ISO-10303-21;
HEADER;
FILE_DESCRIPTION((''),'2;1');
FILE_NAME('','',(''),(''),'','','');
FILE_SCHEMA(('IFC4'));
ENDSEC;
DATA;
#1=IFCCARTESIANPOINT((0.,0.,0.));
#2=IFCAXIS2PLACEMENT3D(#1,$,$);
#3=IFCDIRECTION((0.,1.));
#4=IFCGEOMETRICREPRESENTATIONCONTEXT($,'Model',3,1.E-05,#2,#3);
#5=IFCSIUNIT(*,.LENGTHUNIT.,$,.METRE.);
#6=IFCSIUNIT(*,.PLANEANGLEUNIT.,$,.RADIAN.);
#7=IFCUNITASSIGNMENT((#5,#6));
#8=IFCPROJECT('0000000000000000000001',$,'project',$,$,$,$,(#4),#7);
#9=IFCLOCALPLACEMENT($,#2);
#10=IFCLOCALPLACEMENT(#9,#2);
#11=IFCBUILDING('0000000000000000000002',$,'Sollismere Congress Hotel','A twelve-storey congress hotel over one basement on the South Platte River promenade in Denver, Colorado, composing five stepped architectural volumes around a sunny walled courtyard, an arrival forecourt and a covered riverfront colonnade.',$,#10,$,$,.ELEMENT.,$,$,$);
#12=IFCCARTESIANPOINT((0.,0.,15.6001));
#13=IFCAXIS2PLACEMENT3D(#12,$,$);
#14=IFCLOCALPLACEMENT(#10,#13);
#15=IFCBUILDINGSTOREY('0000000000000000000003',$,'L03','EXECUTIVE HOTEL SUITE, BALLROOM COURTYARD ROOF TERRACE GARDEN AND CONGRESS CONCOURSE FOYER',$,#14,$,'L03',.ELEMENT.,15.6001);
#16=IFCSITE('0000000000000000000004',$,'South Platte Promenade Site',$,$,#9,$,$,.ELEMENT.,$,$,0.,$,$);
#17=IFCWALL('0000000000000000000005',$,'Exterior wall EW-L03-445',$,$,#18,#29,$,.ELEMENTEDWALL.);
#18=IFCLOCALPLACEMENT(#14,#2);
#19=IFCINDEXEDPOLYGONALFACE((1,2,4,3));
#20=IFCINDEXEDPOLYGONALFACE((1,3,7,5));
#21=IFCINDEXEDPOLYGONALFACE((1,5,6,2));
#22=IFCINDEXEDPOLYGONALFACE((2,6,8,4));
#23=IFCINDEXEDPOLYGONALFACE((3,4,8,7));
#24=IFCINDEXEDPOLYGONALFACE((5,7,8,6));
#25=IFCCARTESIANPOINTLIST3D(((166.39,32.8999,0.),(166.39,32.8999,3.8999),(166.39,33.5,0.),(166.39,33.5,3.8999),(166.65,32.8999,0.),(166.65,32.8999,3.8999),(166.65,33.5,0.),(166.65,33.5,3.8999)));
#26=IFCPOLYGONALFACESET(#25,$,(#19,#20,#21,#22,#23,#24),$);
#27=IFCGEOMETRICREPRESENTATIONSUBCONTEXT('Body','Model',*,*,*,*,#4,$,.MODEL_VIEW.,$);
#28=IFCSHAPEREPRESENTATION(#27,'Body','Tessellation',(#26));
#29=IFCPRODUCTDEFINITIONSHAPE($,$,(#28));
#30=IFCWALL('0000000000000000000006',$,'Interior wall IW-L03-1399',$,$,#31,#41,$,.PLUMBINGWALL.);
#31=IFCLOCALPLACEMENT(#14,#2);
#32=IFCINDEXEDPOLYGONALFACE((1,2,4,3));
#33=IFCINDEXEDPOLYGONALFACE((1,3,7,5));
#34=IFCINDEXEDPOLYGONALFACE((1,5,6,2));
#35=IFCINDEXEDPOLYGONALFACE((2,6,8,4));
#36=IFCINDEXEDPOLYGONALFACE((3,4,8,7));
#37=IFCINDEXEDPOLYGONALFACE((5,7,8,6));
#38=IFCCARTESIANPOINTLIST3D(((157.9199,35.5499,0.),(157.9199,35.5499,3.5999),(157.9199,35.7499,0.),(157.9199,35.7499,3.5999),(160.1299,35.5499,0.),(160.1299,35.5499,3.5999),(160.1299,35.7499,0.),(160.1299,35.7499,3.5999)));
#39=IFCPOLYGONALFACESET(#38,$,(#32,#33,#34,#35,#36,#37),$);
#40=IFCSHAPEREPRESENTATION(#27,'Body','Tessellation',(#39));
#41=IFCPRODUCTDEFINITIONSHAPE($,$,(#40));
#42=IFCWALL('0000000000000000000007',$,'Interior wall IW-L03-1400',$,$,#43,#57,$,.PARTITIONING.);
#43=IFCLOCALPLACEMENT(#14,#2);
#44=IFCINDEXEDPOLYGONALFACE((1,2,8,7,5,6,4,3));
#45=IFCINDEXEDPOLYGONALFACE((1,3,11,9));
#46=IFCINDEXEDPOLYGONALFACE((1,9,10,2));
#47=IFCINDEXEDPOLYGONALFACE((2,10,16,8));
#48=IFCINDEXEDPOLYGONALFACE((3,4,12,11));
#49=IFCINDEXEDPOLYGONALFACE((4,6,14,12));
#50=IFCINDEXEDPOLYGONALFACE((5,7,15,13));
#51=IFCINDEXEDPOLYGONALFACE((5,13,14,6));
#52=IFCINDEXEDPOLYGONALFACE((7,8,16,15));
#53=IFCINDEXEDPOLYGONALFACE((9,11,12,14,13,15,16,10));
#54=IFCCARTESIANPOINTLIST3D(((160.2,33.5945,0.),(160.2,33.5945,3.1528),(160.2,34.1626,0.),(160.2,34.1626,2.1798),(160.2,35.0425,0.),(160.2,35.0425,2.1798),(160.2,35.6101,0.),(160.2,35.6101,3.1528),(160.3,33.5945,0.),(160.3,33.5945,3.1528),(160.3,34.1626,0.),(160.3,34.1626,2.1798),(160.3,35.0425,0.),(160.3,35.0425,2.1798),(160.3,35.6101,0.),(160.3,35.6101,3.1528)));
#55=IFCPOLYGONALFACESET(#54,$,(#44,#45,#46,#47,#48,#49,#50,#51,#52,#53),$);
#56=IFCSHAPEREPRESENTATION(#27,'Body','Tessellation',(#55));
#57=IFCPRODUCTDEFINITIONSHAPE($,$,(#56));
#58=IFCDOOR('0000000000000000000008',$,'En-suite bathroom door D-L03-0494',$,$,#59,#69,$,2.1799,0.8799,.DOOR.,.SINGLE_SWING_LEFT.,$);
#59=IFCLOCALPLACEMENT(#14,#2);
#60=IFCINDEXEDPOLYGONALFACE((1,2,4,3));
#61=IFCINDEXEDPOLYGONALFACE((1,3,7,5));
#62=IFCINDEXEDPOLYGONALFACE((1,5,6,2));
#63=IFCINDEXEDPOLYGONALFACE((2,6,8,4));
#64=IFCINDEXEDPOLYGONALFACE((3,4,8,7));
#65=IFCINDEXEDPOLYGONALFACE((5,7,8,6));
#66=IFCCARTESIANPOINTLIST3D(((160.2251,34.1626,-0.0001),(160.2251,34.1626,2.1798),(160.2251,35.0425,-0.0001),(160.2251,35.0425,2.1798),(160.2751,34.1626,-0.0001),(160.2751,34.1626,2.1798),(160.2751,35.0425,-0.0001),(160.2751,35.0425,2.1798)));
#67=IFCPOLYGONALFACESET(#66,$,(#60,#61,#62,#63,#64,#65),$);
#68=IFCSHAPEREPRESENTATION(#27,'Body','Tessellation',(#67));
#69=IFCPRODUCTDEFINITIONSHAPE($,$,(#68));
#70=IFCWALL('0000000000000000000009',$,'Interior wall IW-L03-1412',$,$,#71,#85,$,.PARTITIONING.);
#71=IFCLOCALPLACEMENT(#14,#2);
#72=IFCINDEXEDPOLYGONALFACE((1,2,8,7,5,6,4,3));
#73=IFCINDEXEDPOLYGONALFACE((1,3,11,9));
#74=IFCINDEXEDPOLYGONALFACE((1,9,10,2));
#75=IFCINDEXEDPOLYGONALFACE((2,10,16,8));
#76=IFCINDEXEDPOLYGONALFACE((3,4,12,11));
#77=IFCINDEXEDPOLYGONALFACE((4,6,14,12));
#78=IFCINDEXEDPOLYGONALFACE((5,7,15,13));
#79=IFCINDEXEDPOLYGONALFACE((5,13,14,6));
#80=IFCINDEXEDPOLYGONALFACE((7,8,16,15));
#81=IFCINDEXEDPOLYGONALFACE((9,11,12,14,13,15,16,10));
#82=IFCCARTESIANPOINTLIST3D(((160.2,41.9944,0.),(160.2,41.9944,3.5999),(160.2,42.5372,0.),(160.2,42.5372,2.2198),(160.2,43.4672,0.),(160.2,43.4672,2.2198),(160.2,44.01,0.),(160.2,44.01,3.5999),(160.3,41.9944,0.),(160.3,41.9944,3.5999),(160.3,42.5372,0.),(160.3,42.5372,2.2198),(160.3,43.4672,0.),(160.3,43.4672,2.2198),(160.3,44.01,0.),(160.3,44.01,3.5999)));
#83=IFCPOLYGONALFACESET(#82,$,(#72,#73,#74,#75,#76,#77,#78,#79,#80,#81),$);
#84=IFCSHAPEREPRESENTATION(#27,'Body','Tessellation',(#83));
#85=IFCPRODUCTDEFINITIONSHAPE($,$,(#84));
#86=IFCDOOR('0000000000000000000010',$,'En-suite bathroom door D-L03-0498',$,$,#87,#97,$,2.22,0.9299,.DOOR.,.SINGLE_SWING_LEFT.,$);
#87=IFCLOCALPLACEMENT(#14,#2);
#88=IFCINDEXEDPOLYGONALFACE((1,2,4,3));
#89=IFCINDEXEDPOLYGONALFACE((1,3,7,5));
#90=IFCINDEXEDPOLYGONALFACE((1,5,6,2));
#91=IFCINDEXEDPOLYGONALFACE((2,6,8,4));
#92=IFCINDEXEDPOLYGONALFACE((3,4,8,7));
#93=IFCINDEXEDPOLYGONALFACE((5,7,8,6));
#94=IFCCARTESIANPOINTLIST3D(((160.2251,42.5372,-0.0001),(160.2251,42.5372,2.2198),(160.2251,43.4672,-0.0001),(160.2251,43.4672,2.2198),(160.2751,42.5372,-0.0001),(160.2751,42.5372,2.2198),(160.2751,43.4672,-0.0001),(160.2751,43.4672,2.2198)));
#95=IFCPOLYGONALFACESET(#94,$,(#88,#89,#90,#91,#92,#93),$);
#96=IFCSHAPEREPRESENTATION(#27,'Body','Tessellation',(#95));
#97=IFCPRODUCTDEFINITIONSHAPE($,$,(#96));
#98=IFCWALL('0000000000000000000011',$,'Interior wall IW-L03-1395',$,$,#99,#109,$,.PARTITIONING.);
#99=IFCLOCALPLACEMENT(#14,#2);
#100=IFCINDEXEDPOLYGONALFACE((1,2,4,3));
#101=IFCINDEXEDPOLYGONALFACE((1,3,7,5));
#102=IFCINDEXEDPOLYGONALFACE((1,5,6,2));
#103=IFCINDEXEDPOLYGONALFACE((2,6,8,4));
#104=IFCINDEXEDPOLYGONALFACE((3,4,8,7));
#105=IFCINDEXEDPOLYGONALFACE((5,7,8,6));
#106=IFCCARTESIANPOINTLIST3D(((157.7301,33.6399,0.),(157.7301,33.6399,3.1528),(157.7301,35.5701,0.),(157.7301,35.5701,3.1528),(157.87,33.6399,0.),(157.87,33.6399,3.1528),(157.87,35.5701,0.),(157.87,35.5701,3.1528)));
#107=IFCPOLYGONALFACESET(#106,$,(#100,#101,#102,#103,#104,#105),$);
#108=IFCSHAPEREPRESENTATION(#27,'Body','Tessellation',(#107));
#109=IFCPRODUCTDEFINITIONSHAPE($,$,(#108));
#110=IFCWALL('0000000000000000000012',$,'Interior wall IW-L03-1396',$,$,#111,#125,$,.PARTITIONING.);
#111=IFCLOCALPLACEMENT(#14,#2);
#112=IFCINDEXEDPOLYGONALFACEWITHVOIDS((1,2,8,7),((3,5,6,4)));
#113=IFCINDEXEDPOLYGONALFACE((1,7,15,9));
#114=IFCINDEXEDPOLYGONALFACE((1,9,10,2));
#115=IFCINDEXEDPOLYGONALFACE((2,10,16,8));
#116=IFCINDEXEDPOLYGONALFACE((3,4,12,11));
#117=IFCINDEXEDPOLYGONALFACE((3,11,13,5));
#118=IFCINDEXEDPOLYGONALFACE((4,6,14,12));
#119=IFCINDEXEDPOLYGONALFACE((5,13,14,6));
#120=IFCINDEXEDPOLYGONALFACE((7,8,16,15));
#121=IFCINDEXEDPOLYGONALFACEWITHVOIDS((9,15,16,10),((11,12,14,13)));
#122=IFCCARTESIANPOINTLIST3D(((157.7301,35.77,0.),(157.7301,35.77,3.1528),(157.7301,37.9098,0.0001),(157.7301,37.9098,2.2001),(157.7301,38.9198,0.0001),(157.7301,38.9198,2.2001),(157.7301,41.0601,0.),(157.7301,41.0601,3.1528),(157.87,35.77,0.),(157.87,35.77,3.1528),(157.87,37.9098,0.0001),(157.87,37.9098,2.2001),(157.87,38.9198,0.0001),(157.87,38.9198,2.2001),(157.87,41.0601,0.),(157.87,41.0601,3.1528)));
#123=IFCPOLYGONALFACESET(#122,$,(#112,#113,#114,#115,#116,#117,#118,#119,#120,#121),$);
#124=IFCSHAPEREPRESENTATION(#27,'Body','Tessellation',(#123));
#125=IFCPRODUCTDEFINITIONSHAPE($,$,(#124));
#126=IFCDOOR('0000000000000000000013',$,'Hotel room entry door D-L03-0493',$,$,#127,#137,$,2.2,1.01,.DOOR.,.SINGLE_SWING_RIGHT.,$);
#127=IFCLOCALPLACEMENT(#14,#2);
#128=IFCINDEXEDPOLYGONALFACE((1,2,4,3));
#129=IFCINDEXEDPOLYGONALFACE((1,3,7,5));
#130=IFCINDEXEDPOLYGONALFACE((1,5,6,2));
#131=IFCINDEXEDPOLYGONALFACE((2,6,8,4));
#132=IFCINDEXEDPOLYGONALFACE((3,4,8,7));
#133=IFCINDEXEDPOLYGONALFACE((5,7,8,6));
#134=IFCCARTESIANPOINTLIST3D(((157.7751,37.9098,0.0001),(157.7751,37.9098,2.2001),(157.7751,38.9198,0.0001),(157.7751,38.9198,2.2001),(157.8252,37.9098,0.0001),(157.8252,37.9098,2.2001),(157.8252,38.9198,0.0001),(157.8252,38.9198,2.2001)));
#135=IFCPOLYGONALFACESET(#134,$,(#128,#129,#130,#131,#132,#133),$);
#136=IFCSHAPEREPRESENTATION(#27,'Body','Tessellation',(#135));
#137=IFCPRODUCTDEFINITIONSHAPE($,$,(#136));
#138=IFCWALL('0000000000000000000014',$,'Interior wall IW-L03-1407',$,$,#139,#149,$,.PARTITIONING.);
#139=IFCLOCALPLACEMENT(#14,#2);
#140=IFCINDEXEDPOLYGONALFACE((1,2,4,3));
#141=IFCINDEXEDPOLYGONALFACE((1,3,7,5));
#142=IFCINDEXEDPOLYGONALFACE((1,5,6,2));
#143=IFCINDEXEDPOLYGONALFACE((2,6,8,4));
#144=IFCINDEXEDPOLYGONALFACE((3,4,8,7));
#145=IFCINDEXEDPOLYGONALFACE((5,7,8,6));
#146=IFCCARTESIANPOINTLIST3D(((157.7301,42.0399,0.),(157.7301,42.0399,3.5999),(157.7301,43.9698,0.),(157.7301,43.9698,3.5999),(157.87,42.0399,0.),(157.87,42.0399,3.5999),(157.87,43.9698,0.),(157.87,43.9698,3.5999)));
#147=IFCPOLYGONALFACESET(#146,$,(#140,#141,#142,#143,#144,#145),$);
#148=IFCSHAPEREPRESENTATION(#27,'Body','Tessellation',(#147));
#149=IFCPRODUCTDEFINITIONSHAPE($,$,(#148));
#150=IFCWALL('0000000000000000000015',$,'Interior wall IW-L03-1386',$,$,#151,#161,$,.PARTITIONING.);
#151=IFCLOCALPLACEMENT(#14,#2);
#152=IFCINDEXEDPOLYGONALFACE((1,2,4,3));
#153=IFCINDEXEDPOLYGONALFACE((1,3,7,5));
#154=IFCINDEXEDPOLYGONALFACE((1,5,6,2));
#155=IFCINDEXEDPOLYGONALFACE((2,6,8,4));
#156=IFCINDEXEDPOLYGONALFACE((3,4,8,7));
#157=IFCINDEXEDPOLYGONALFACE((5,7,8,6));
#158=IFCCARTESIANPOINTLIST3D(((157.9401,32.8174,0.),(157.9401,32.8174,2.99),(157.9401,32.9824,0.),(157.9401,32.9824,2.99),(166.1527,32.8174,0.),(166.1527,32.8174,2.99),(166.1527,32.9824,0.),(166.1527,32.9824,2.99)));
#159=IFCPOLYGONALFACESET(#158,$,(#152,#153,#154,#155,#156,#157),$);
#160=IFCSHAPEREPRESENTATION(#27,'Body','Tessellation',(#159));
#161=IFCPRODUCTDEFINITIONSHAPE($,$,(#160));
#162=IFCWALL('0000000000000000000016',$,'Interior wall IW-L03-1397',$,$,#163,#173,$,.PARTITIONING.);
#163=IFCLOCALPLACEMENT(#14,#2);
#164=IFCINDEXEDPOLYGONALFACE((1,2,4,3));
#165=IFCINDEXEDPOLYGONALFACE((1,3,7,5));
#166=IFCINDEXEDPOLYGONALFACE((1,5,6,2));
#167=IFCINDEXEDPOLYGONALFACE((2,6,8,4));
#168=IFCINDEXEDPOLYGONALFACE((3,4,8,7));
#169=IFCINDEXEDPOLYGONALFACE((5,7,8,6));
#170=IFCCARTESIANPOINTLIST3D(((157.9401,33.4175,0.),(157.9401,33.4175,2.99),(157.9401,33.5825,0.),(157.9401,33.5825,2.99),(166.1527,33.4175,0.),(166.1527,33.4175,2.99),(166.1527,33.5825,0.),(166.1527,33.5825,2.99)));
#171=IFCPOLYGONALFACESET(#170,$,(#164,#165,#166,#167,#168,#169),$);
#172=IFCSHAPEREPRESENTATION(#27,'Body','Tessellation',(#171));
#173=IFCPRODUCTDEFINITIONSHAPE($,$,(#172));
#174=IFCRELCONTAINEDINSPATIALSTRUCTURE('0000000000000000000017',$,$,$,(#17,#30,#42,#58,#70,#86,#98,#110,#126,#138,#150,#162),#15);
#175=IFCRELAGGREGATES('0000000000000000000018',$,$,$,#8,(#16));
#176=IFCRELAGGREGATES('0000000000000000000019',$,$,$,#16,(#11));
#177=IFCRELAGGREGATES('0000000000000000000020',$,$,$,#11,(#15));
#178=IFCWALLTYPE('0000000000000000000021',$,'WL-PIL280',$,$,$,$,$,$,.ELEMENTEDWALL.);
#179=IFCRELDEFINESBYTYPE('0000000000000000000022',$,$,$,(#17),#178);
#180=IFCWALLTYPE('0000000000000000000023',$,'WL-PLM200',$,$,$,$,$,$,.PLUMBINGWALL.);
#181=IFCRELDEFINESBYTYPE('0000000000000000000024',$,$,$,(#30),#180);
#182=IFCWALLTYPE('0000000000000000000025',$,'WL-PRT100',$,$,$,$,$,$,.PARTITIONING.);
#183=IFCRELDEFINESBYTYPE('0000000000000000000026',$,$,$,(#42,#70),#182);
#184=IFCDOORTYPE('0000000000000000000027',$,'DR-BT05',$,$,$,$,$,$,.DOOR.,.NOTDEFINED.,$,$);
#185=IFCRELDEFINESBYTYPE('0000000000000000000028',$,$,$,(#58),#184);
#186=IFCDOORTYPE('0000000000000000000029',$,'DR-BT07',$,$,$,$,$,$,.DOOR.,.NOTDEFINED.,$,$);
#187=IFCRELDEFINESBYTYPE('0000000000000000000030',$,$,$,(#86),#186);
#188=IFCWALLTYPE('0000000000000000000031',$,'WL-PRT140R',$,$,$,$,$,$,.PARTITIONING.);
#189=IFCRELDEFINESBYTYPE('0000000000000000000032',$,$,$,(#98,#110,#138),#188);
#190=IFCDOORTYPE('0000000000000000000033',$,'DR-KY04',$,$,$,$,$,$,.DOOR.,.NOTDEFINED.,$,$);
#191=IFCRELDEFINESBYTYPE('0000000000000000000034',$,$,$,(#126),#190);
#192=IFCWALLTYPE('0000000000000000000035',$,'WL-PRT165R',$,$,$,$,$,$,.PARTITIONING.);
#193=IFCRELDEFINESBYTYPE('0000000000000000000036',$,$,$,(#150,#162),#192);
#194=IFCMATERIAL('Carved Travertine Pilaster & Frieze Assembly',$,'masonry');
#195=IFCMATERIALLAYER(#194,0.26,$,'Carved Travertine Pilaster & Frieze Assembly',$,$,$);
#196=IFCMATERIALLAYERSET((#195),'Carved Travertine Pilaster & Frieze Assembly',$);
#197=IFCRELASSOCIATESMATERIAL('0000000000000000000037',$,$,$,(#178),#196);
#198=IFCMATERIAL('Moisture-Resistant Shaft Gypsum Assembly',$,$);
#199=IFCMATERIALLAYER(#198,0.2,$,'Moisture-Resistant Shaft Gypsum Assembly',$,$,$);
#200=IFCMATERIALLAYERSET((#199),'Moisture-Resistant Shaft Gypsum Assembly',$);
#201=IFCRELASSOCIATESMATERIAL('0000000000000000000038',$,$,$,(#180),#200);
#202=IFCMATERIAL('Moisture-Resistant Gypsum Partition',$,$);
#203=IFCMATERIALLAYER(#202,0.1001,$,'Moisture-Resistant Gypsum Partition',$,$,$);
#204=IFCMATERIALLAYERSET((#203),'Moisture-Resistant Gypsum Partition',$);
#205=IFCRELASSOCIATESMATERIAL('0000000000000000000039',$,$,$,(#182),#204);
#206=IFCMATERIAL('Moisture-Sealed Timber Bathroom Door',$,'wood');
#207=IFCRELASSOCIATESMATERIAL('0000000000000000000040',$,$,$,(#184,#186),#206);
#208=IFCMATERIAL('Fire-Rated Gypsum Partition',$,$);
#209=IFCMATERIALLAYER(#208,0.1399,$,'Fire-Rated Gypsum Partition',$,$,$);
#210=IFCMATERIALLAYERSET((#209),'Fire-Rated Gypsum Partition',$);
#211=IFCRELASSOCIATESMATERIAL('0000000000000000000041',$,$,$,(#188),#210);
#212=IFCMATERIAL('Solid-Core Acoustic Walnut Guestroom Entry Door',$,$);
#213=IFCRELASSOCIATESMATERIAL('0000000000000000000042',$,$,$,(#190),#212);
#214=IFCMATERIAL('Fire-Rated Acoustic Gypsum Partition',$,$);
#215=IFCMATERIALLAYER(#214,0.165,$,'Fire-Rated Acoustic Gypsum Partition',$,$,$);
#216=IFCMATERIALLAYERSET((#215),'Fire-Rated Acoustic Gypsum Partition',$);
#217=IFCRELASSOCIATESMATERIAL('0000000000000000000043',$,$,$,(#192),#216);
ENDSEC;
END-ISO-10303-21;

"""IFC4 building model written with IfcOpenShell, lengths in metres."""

from ifc_helpers import new_model, si_unit, direction, frame, frame_2d, origin, place, context, subcontext, project, spatial, rectangle, extrude, material, layer, layer_set, type_object, element, fill, save


model = new_model("IFC4")

# Units and contexts
model_context = context("Model", 3, precision=1e-05, world=origin(), true_north=direction((0.0, 1.0)))
body_context = subcontext(model_context, "Body", "Model", "MODEL_VIEW")
ifc_project = project(units=[si_unit("LENGTHUNIT", "METRE"), si_unit("PLANEANGLEUNIT", "RADIAN")], contexts=[model_context])

# Site, building, storey
site_placement = place(None, origin())
site = spatial("IfcSite", under=ifc_project, at=site_placement, Name="South Platte Promenade Site", CompositionType="ELEMENT", RefElevation=0.0)
building_placement = place(site_placement, origin())
building = spatial("IfcBuilding", under=site, at=building_placement, Name="Sollismere Congress Hotel", Description="A twelve-storey congress hotel over one basement on the South Platte River promenade in Denver, Colorado, composing five stepped architectural volumes around a sunny walled courtyard, an arrival forecourt and a covered riverfront colonnade.", CompositionType="ELEMENT")
storey_placement = place(building_placement, frame((0.0, 0.0, 15.6001)))
storey = spatial("IfcBuildingStorey", under=building, at=storey_placement, Name="L03", Description="EXECUTIVE HOTEL SUITE, BALLROOM COURTYARD ROOF TERRACE GARDEN AND CONGRESS CONCOURSE FOYER", LongName="L03", CompositionType="ELEMENT", Elevation=15.6001)

# Walls
ifc_material_1 = material(Name="Carved Travertine Pilaster & Frieze Assembly", Category="masonry")
ifc_layer_1 = layer(ifc_material_1, 0.26, Name="Carved Travertine Pilaster & Frieze Assembly")
ifc_layer_set_1 = layer_set([ifc_layer_1], Name="Carved Travertine Pilaster & Frieze Assembly")
wall_type_1 = type_object("IfcWallType", Name="WL-PIL280", PredefinedType="ELEMENTEDWALL", material=ifc_layer_set_1)
wall_1_placement = place(storey_placement, frame((166.52, 32.8999, 0.0), z_axis=(0.0, 0.0, 1.0), x_axis=(0.0, 1.0, 0.0)))
element("IfcWall", 1, at=wall_1_placement, inside=storey, type_object=wall_type_1, Name="Exterior wall EW-L03-445", PredefinedType="ELEMENTEDWALL", context=body_context, shape_type="SweptSolid", body=[
    extrude(rectangle(XDim=0.6001, YDim=0.26, at=frame_2d((0.3, 0.0))), origin(), (0.0, 0.0, 1.0), 3.8999),
])
ifc_material_2 = material(Name="Moisture-Resistant Shaft Gypsum Assembly")
ifc_layer_2 = layer(ifc_material_2, 0.2, Name="Moisture-Resistant Shaft Gypsum Assembly")
ifc_layer_set_2 = layer_set([ifc_layer_2], Name="Moisture-Resistant Shaft Gypsum Assembly")
wall_type_2 = type_object("IfcWallType", Name="WL-PLM200", PredefinedType="PLUMBINGWALL", material=ifc_layer_set_2)
wall_2_placement = place(storey_placement, frame((157.9199, 35.6499, 0.0), z_axis=(0.0, 0.0, 1.0), x_axis=(1.0, 0.0, 0.0)))
element("IfcWall", 2, at=wall_2_placement, inside=storey, type_object=wall_type_2, Name="Interior wall IW-L03-1399", PredefinedType="PLUMBINGWALL", context=body_context, shape_type="SweptSolid", body=[
    extrude(rectangle(XDim=2.21, YDim=0.2, at=frame_2d((1.105, 0.0))), origin(), (0.0, 0.0, 1.0), 3.5999),
])

# Walls, openings, doors
ifc_material_3 = material(Name="Moisture-Resistant Gypsum Partition")
ifc_layer_3 = layer(ifc_material_3, 0.1001, Name="Moisture-Resistant Gypsum Partition")
ifc_layer_set_3 = layer_set([ifc_layer_3], Name="Moisture-Resistant Gypsum Partition")
wall_type_3 = type_object("IfcWallType", Name="WL-PRT100", PredefinedType="PARTITIONING", material=ifc_layer_set_3)
wall_3_placement = place(storey_placement, frame((160.25, 33.5945, 0.0), z_axis=(0.0, 0.0, 1.0), x_axis=(0.0, 1.0, 0.0)))
wall_3 = element("IfcWall", 3, at=wall_3_placement, inside=storey, type_object=wall_type_3, Name="Interior wall IW-L03-1400", PredefinedType="PARTITIONING", context=body_context, shape_type="SweptSolid", body=[
    extrude(rectangle(XDim=2.0156, YDim=0.1001, at=frame_2d((1.0078, 0.0))), origin(), (0.0, 0.0, 1.0), 3.1528),
])
opening_1_placement = place(wall_3_placement, frame((0.5681, 0.0, 0.0)))
opening_1 = element("IfcOpeningElement", 4, at=opening_1_placement, cuts=wall_3, PredefinedType="OPENING", context=body_context, shape_type="SweptSolid", body=[
    extrude(rectangle(XDim=0.8799, YDim=2.1799, at=frame_2d((0.4399, 1.0898))), frame((0.0, 0.0601, 0.0), z_axis=(0.0, -1.0, 0.0), x_axis=(1.0, 0.0, 0.0)), (0.0, 0.0, 1.0), 0.1201),
])
ifc_material_4 = material(Name="Moisture-Sealed Timber Bathroom Door", Category="wood")
door_type_1 = type_object("IfcDoorType", Name="DR-BT05", OperationType="NOTDEFINED", PredefinedType="DOOR", material=ifc_material_4)
door_1_placement = place(opening_1_placement, origin())
door_1 = element("IfcDoor", 5, at=door_1_placement, inside=storey, type_object=door_type_1, Name="En-suite bathroom door D-L03-0494", OperationType="SINGLE_SWING_LEFT", OverallHeight=2.1799, OverallWidth=0.8799, PredefinedType="DOOR", context=body_context, shape_type="SweptSolid", body=[
    extrude(rectangle(XDim=0.8799, YDim=2.1799, at=frame_2d((0.4399, 1.0898))), frame((0.0, 0.0249, 0.0), z_axis=(0.0, -1.0, 0.0), x_axis=(1.0, 0.0, 0.0)), (0.0, 0.0, 1.0), 0.05),
])
fill(opening_1, door_1)
wall_4_placement = place(storey_placement, frame((160.25, 41.9944, 0.0), z_axis=(0.0, 0.0, 1.0), x_axis=(0.0, 1.0, 0.0)))
wall_4 = element("IfcWall", 6, at=wall_4_placement, inside=storey, type_object=wall_type_3, Name="Interior wall IW-L03-1412", PredefinedType="PARTITIONING", context=body_context, shape_type="SweptSolid", body=[
    extrude(rectangle(XDim=2.0156, YDim=0.1001, at=frame_2d((1.0078, 0.0))), origin(), (0.0, 0.0, 1.0), 3.5999),
])
opening_2_placement = place(wall_4_placement, frame((0.543, 0.0, 0.0)))
opening_2 = element("IfcOpeningElement", 7, at=opening_2_placement, cuts=wall_4, PredefinedType="OPENING", context=body_context, shape_type="SweptSolid", body=[
    extrude(rectangle(XDim=0.9299, YDim=2.22, at=frame_2d((0.4648, 1.1099))), frame((0.0, 0.0601, 0.0), z_axis=(0.0, -1.0, 0.0), x_axis=(1.0, 0.0, 0.0)), (0.0, 0.0, 1.0), 0.1201),
])
door_type_2 = type_object("IfcDoorType", Name="DR-BT07", OperationType="NOTDEFINED", PredefinedType="DOOR", material=ifc_material_4)
door_2_placement = place(opening_2_placement, origin())
door_2 = element("IfcDoor", 8, at=door_2_placement, inside=storey, type_object=door_type_2, Name="En-suite bathroom door D-L03-0498", OperationType="SINGLE_SWING_LEFT", OverallHeight=2.22, OverallWidth=0.9299, PredefinedType="DOOR", context=body_context, shape_type="SweptSolid", body=[
    extrude(rectangle(XDim=0.9299, YDim=2.22, at=frame_2d((0.4648, 1.1099))), frame((0.0, 0.0249, 0.0), z_axis=(0.0, -1.0, 0.0), x_axis=(1.0, 0.0, 0.0)), (0.0, 0.0, 1.0), 0.05),
])
fill(opening_2, door_2)

# Wall
ifc_material_5 = material(Name="Fire-Rated Gypsum Partition")
ifc_layer_4 = layer(ifc_material_5, 0.1399, Name="Fire-Rated Gypsum Partition")
ifc_layer_set_4 = layer_set([ifc_layer_4], Name="Fire-Rated Gypsum Partition")
wall_type_4 = type_object("IfcWallType", Name="WL-PRT140R", PredefinedType="PARTITIONING", material=ifc_layer_set_4)
wall_5_placement = place(storey_placement, frame((157.8, 33.6399, 0.0), z_axis=(0.0, 0.0, 1.0), x_axis=(0.0, 1.0, 0.0)))
element("IfcWall", 9, at=wall_5_placement, inside=storey, type_object=wall_type_4, Name="Interior wall IW-L03-1395", PredefinedType="PARTITIONING", context=body_context, shape_type="SweptSolid", body=[
    extrude(rectangle(XDim=1.9302, YDim=0.1399, at=frame_2d((0.9651, 0.0))), origin(), (0.0, 0.0, 1.0), 3.1528),
])

# Wall, opening, door
wall_6_placement = place(storey_placement, frame((157.8, 35.77, 0.0), z_axis=(0.0, 0.0, 1.0), x_axis=(0.0, 1.0, 0.0)))
wall_6 = element("IfcWall", 10, at=wall_6_placement, inside=storey, type_object=wall_type_4, Name="Interior wall IW-L03-1396", PredefinedType="PARTITIONING", context=body_context, shape_type="SweptSolid", body=[
    extrude(rectangle(XDim=5.29, YDim=0.1399, at=frame_2d((2.645, 0.0))), origin(), (0.0, 0.0, 1.0), 3.1528),
])
opening_3_placement = place(wall_6_placement, frame((2.1399, 0.0, 0.0)))
opening_3 = element("IfcOpeningElement", 11, at=opening_3_placement, cuts=wall_6, PredefinedType="OPENING", context=body_context, shape_type="SweptSolid", body=[
    extrude(rectangle(XDim=1.01, YDim=2.2, at=frame_2d((0.5049, 1.1001))), frame((0.0, 0.0798, 0.0), z_axis=(0.0, -1.0, 0.0), x_axis=(1.0, 0.0, 0.0)), (0.0, 0.0, 1.0), 0.1599),
])
ifc_material_6 = material(Name="Solid-Core Acoustic Walnut Guestroom Entry Door")
door_type_3 = type_object("IfcDoorType", Name="DR-KY04", OperationType="NOTDEFINED", PredefinedType="DOOR", material=ifc_material_6)
door_3_placement = place(opening_3_placement, origin())
door_3 = element("IfcDoor", 12, at=door_3_placement, inside=storey, type_object=door_type_3, Name="Hotel room entry door D-L03-0493", OperationType="SINGLE_SWING_RIGHT", OverallHeight=2.2, OverallWidth=1.01, PredefinedType="DOOR", context=body_context, shape_type="SweptSolid", body=[
    extrude(rectangle(XDim=1.01, YDim=2.2, at=frame_2d((0.5049, 1.1001))), frame((0.0, 0.0249, 0.0), z_axis=(0.0, -1.0, 0.0), x_axis=(1.0, 0.0, 0.0)), (0.0, 0.0, 1.0), 0.05),
])
fill(opening_3, door_3)

# Walls
wall_7_placement = place(storey_placement, frame((157.8, 42.04, 0.0), z_axis=(0.0, 0.0, 1.0), x_axis=(0.0, 1.0, 0.0)))
element("IfcWall", 13, at=wall_7_placement, inside=storey, type_object=wall_type_4, Name="Interior wall IW-L03-1407", PredefinedType="PARTITIONING", context=body_context, shape_type="SweptSolid", body=[
    extrude(rectangle(XDim=1.9299, YDim=0.1399, at=frame_2d((0.9648, 0.0))), origin(), (0.0, 0.0, 1.0), 3.5999),
])
ifc_material_7 = material(Name="Fire-Rated Acoustic Gypsum Partition")
ifc_layer_5 = layer(ifc_material_7, 0.165, Name="Fire-Rated Acoustic Gypsum Partition")
ifc_layer_set_5 = layer_set([ifc_layer_5], Name="Fire-Rated Acoustic Gypsum Partition")
wall_type_5 = type_object("IfcWallType", Name="WL-PRT165R", PredefinedType="PARTITIONING", material=ifc_layer_set_5)
for number, where, z_axis, x_axis, name in (
    (14, (157.9399, 32.8999, 0.0), (0.0, 0.0, 1.0), (1.0, 0.0, 0.0), "Interior wall IW-L03-1386"),
    (15, (157.9399, 33.5, 0.0), (0.0, 0.0, 1.0), (1.0, 0.0, 0.0), "Interior wall IW-L03-1397"),
):
    element("IfcWall", number, at=place(storey_placement, frame(where, z_axis=z_axis, x_axis=x_axis)), inside=storey, type_object=wall_type_5, Name=name, PredefinedType="PARTITIONING", context=body_context, shape_type="SweptSolid", body=[
        extrude(rectangle(XDim=8.2126, YDim=0.165, at=frame_2d((4.1064, 0.0))), origin(), (0.0, 0.0, 1.0), 2.99),
    ])

save(model, "model.ifc")
